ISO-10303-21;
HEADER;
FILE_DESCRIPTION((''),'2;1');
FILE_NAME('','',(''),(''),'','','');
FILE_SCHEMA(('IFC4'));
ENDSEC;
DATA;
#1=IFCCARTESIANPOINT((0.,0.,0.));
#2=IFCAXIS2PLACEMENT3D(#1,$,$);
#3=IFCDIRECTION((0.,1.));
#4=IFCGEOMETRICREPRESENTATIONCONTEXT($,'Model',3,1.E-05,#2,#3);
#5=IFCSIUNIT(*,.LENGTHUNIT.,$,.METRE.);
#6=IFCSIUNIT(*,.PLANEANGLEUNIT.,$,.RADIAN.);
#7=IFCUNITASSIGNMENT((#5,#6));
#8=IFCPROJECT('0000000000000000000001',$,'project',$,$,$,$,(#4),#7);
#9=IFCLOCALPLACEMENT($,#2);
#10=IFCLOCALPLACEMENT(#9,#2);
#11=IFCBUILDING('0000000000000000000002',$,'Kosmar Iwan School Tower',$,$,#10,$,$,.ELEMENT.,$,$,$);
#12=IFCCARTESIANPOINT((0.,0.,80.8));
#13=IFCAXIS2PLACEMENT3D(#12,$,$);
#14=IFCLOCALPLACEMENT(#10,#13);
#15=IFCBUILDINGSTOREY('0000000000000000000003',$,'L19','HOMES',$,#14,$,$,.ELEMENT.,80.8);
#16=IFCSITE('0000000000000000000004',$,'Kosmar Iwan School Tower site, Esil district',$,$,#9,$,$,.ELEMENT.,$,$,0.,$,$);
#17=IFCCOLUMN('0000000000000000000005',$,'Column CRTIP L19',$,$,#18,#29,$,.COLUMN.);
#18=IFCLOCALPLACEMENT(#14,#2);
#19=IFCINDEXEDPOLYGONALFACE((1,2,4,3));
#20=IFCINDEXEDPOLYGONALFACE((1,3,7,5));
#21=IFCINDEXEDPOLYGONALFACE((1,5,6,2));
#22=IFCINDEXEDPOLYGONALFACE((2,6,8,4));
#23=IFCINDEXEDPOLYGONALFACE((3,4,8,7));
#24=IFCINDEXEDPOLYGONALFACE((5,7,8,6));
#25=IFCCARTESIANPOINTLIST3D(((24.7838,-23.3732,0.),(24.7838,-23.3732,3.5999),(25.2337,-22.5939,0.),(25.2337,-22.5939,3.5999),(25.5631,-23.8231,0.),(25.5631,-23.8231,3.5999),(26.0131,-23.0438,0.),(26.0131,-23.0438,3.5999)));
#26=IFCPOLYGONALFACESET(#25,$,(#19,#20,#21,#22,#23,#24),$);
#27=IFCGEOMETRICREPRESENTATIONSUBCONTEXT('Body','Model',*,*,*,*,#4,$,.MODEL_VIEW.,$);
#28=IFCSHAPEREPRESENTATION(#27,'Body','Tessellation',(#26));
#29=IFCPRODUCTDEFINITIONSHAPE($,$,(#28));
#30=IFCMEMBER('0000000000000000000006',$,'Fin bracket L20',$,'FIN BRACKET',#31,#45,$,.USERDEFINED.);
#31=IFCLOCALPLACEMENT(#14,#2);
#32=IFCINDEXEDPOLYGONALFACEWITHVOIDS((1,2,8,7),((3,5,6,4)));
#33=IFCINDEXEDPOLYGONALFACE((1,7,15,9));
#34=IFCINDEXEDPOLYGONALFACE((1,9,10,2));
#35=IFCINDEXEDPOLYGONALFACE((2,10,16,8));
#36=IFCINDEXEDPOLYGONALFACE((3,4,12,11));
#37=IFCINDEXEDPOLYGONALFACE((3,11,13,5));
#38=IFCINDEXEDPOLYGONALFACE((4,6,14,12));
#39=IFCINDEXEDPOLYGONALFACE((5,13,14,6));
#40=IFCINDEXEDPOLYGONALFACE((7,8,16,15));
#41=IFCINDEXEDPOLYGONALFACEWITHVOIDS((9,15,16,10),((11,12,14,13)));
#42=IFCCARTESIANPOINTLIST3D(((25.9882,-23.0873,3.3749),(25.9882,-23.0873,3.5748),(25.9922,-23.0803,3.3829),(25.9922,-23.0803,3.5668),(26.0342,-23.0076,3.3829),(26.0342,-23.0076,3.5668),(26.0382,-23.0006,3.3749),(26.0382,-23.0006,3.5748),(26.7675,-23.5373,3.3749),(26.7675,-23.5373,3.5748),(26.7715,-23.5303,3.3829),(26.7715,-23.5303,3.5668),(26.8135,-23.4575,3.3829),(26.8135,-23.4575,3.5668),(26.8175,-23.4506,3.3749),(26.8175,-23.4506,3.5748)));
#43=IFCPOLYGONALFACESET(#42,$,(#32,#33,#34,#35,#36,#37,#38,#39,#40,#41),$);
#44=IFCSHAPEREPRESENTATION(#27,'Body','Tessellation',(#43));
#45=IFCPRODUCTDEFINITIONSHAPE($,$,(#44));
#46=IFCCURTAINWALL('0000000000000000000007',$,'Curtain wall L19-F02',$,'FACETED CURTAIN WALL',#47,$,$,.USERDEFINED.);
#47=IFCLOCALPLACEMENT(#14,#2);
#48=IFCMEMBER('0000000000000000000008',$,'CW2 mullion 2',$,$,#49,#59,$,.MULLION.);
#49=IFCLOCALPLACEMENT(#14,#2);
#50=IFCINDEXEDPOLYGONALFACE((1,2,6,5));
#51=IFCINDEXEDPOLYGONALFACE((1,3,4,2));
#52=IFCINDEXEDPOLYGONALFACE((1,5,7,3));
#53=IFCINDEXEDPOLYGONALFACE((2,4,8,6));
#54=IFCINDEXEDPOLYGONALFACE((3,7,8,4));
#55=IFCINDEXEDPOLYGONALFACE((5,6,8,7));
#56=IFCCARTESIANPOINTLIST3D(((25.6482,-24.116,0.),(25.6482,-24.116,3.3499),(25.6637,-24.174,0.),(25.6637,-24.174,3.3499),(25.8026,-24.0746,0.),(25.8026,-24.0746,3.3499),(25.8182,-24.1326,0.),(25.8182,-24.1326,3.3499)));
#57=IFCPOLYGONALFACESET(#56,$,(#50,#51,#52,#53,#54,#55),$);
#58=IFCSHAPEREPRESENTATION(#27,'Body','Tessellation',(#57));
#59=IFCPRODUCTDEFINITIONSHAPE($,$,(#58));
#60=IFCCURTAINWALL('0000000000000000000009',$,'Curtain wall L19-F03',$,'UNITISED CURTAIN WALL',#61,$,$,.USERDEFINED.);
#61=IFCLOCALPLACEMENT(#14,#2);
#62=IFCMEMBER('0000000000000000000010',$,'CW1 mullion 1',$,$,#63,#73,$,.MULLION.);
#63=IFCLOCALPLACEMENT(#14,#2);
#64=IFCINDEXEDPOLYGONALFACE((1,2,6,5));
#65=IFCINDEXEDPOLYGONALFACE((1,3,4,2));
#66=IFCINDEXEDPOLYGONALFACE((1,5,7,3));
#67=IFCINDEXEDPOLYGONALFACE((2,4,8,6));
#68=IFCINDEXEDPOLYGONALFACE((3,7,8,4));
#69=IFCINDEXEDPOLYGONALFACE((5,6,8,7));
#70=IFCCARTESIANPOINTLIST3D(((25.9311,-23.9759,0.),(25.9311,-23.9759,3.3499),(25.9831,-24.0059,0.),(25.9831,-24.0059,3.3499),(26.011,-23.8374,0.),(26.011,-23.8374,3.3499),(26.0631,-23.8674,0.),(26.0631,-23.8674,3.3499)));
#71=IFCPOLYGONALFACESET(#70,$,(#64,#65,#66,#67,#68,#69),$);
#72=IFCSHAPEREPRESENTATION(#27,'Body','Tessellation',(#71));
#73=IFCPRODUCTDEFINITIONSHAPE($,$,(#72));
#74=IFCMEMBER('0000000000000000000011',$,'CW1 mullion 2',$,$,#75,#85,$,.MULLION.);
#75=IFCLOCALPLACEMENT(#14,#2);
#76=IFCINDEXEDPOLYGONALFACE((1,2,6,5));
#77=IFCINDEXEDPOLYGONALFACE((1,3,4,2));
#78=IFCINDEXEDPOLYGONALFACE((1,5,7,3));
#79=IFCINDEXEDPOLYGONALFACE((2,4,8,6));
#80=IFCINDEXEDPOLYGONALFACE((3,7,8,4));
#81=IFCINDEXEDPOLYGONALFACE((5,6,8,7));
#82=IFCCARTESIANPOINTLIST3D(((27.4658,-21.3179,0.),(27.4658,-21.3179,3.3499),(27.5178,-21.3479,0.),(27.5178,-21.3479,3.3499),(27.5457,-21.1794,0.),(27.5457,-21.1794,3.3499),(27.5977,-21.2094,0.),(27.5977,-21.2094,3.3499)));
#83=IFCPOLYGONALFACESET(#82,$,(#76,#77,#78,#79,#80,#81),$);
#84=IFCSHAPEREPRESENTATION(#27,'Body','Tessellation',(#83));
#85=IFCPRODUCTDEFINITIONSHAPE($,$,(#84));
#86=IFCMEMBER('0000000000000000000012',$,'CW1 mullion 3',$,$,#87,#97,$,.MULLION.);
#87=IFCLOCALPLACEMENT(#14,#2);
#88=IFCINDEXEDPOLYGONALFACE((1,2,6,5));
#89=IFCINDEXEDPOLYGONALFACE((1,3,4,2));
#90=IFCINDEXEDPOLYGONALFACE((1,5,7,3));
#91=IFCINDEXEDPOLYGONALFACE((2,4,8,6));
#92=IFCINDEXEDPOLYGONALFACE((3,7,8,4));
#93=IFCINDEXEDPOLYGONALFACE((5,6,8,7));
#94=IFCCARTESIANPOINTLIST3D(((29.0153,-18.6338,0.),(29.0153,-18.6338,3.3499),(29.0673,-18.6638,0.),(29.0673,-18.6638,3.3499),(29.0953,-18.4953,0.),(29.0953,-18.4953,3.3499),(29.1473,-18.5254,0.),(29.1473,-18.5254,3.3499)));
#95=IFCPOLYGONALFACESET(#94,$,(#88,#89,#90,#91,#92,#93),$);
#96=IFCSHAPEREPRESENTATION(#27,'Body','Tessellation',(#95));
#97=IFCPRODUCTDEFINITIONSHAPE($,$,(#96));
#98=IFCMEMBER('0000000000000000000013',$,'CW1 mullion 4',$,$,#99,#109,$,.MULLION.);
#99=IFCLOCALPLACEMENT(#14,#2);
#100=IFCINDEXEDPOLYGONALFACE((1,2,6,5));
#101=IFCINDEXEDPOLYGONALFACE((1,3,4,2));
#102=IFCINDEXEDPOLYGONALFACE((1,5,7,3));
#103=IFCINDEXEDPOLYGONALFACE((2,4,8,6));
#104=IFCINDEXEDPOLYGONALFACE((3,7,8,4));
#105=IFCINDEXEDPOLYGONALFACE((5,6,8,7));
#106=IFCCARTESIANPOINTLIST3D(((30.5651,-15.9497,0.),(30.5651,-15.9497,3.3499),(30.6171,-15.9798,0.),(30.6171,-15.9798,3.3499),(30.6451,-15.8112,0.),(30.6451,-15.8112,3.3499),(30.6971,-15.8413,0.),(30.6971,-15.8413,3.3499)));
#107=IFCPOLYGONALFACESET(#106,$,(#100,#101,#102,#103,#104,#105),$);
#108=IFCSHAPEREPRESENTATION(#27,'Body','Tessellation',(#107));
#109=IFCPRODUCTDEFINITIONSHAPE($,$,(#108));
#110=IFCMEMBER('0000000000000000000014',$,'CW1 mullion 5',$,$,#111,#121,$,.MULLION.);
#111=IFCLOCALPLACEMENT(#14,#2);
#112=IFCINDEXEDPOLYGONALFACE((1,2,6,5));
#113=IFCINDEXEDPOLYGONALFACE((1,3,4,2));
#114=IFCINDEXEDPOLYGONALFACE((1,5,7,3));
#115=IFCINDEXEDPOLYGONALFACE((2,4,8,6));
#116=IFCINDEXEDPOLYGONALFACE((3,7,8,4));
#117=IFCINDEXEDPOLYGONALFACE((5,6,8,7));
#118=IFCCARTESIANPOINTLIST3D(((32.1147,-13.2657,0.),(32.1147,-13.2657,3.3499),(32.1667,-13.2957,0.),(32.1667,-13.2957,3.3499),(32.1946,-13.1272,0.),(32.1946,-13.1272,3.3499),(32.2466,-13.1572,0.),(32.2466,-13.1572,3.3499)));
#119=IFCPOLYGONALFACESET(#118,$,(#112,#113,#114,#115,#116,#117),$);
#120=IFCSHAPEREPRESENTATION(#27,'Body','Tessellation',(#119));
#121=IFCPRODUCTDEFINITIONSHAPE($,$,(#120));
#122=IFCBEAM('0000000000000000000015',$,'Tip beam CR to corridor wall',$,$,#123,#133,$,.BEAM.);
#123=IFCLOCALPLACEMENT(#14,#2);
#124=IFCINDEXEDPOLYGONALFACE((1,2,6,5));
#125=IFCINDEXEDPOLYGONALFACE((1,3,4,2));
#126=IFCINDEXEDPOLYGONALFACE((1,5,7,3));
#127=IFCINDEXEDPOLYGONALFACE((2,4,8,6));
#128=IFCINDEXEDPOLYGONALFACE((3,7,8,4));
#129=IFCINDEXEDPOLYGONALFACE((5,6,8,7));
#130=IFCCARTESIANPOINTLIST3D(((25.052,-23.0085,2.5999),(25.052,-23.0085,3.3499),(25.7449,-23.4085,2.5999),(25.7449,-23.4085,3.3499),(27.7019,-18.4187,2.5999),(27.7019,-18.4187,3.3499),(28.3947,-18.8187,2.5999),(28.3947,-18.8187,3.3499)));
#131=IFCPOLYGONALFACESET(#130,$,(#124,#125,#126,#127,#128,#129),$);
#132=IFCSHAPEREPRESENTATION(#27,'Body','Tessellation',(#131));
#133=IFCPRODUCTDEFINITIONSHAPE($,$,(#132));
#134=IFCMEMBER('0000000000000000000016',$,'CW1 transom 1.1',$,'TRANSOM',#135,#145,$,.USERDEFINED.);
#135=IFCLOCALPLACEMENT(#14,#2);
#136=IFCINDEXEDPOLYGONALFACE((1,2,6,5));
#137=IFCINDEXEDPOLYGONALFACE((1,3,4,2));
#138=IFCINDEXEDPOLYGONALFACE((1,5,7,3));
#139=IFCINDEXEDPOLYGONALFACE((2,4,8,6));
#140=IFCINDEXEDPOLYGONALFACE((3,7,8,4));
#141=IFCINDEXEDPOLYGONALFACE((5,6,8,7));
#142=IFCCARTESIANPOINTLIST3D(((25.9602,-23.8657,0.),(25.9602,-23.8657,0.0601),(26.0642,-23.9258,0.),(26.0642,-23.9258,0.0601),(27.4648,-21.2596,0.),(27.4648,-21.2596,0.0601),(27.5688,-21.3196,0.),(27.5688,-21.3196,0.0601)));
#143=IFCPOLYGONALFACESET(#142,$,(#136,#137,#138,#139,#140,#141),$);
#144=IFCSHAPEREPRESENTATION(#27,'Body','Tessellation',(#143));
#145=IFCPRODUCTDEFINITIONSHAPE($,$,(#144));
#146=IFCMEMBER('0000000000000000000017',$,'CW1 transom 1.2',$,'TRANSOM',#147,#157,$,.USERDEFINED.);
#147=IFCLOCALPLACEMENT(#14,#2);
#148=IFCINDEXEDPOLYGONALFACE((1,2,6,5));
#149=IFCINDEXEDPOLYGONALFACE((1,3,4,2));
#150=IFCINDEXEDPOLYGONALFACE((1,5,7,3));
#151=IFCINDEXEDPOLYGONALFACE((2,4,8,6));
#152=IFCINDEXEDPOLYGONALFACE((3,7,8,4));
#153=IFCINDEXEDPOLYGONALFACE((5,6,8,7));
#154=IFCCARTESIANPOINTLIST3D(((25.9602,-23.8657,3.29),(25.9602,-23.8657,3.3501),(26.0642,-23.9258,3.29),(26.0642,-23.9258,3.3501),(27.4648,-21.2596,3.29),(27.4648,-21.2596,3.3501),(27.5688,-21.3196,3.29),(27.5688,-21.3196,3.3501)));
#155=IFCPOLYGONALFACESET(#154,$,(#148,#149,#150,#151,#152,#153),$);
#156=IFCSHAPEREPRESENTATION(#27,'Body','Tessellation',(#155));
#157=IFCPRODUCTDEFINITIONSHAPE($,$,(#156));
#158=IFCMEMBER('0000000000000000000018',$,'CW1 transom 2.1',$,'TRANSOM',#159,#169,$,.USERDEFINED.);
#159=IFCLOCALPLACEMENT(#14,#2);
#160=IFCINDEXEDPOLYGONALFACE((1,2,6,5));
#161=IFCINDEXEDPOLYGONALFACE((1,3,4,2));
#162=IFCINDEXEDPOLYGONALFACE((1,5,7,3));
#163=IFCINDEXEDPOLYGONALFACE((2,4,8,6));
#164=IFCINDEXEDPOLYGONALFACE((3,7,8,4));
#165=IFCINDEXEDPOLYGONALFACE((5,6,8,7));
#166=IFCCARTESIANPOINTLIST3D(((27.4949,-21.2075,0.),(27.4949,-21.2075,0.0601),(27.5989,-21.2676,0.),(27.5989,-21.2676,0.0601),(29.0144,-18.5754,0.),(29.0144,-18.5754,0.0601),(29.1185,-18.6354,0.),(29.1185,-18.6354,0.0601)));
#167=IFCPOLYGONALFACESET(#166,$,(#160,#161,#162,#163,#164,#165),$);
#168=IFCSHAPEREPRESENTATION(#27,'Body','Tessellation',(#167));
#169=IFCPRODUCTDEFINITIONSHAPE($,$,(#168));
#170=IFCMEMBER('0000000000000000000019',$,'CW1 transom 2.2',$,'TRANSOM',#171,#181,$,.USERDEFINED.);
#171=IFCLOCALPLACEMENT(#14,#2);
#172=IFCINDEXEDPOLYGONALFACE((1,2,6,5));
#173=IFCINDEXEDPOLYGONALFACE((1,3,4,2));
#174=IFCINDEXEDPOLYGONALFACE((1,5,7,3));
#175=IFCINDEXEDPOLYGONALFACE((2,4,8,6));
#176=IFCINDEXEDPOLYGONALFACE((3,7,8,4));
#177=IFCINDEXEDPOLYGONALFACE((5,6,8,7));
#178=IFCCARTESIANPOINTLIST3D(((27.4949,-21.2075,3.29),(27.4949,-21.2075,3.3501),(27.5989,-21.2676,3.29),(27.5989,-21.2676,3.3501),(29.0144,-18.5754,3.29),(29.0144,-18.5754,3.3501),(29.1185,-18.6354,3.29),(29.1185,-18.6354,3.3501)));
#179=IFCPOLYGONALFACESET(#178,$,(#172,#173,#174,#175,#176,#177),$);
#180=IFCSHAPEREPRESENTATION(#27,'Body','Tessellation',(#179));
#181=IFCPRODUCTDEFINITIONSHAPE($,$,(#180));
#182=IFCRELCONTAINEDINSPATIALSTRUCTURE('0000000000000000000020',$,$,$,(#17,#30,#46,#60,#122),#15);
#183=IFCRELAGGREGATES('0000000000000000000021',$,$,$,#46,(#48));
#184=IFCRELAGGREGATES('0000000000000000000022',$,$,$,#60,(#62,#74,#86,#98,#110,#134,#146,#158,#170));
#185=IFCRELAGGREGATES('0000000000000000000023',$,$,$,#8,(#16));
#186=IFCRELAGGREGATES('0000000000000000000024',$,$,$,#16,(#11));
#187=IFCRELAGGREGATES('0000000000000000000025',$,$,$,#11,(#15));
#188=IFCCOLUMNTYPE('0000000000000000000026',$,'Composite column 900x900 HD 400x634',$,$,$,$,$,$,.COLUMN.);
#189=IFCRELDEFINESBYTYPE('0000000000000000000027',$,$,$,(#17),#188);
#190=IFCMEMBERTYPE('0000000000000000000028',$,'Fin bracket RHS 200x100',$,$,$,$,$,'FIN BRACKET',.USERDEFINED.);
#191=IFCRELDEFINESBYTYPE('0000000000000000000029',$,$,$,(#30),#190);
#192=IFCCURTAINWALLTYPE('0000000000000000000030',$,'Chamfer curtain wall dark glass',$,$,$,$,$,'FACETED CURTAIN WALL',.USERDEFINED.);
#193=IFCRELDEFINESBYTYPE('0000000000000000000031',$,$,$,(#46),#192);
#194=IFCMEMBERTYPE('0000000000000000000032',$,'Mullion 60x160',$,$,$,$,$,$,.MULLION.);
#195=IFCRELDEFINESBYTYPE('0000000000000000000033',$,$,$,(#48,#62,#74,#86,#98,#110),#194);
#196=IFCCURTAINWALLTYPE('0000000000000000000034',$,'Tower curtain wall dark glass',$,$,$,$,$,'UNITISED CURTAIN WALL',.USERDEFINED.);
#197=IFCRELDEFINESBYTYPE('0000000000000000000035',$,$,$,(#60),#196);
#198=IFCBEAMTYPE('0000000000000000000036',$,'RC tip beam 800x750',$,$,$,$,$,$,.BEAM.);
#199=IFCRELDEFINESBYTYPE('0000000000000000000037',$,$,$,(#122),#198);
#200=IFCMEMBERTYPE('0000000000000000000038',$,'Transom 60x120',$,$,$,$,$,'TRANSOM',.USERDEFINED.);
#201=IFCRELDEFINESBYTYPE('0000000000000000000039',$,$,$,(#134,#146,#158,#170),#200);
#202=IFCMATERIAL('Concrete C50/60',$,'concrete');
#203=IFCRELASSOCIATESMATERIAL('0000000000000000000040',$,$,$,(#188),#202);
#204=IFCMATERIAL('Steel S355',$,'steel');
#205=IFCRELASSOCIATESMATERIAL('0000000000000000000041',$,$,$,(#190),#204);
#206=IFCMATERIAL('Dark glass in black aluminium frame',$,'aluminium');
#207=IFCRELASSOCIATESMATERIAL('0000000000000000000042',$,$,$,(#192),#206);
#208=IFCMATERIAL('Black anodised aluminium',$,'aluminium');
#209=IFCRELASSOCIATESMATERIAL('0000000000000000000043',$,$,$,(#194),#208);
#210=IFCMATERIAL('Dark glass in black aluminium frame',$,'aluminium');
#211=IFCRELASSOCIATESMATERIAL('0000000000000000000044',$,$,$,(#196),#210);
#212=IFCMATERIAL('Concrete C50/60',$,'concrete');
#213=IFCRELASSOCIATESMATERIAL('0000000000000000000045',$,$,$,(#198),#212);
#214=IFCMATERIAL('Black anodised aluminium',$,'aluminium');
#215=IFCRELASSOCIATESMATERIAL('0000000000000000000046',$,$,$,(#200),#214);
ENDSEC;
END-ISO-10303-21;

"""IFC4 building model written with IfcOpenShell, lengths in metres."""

from ifc_helpers import new_model, si_unit, direction, frame, origin, origin_2d, place, context, subcontext, project, spatial, rectangle, hollow_rectangle, extrude, material, material_profile, profile_set, type_object, element, aggregate, save


model = new_model("IFC4")

# Units and contexts
model_context = context("Model", 3, precision=1e-05, world=origin(), true_north=direction((0.0, 1.0)))
body_context = subcontext(model_context, "Body", "Model", "MODEL_VIEW")
ifc_project = project(units=[si_unit("LENGTHUNIT", "METRE"), si_unit("PLANEANGLEUNIT", "RADIAN")], contexts=[model_context])

# Site, building, storey
site_placement = place(None, origin())
site = spatial("IfcSite", under=ifc_project, at=site_placement, Name="Kosmar Iwan School Tower site, Esil district", CompositionType="ELEMENT", RefElevation=0.0)
building_placement = place(site_placement, origin())
building = spatial("IfcBuilding", under=site, at=building_placement, Name="Kosmar Iwan School Tower", CompositionType="ELEMENT")
storey_placement = place(building_placement, frame((0.0, 0.0, 80.8)))
storey = spatial("IfcBuildingStorey", under=building, at=storey_placement, Name="L19", Description="HOMES", CompositionType="ELEMENT", Elevation=80.8)

# Column
ifc_material_1 = material(Name="Concrete C50/60", Category="concrete")
ifc_material_profile_1 = material_profile(ifc_material_1, rectangle(XDim=0.8999, YDim=0.8999, at=origin_2d()), Name="RC 900x900 + HD 400x634")
ifc_profile_set_1 = profile_set([ifc_material_profile_1], Name="Concrete C50/60")
column_type = type_object("IfcColumnType", Name="Composite column 900x900 HD 400x634", PredefinedType="COLUMN", material=ifc_profile_set_1)
column_placement = place(storey_placement, frame((25.3984, -23.2085, 0.0), z_axis=(0.0, 0.0, 1.0), x_axis=(0.866025, -0.5, 0.0)))
element("IfcColumn", 1, at=column_placement, inside=storey, type_object=column_type, Name="Column CRTIP L19", PredefinedType="COLUMN", context=body_context, shape_type="SweptSolid", body=[
    extrude(rectangle(XDim=0.8999, YDim=0.8999, at=origin_2d()), origin(), (0.0, 0.0, 1.0), 3.5999),
])

# Member
ifc_material_2 = material(Name="Steel S355", Category="steel")
ifc_material_profile_2 = material_profile(ifc_material_2, hollow_rectangle(XDim=0.1001, YDim=0.2, WallThickness=0.0081, at=origin_2d()), Name="RHS 200x100x8")
ifc_profile_set_2 = profile_set([ifc_material_profile_2], Name="Steel S355")
member_type_1 = type_object("IfcMemberType", Name="Fin bracket RHS 200x100", ElementType="FIN BRACKET", PredefinedType="USERDEFINED", material=ifc_profile_set_2)
member_1_placement = place(storey_placement, frame((26.0132, -23.0439, 3.4749), z_axis=(0.866014, -0.50002, 0.0), x_axis=(0.50002, 0.866014, 0.0)))
element("IfcMember", 2, at=member_1_placement, inside=storey, type_object=member_type_1, Name="Fin bracket L20", ObjectType="FIN BRACKET", PredefinedType="USERDEFINED", context=body_context, shape_type="SweptSolid", body=[
    extrude(hollow_rectangle(XDim=0.1001, YDim=0.2, WallThickness=0.0081, at=origin_2d()), origin(), (0.0, 0.0, 1.0), 0.8999),
])

# Curtain wall, member
ifc_material_3 = material(Name="Dark glass in black aluminium frame", Category="aluminium")
curtain_wall_type_1 = type_object("IfcCurtainWallType", Name="Chamfer curtain wall dark glass", ElementType="FACETED CURTAIN WALL", PredefinedType="USERDEFINED", material=ifc_material_3)
curtain_wall_1_placement = place(storey_placement, origin())
curtain_wall_1 = element("IfcCurtainWall", 3, at=curtain_wall_1_placement, inside=storey, type_object=curtain_wall_type_1, Name="Curtain wall L19-F02", ObjectType="FACETED CURTAIN WALL", PredefinedType="USERDEFINED")
ifc_material_4 = material(Name="Black anodised aluminium", Category="aluminium")
ifc_material_profile_3 = material_profile(ifc_material_4, rectangle(XDim=0.0601, YDim=0.1599, at=origin_2d()), Name="MULLION 60x160")
ifc_profile_set_3 = profile_set([ifc_material_profile_3], Name="Black anodised aluminium")
member_type_2 = type_object("IfcMemberType", Name="Mullion 60x160", PredefinedType="MULLION", material=ifc_profile_set_3)
member_2_placement = place(storey_placement, frame((25.7332, -24.1243, 0.0), z_axis=(0.0, 0.0, 1.0), x_axis=(-0.258819, 0.965926, 0.0)))
member_2 = element("IfcMember", 4, at=member_2_placement, type_object=member_type_2, Name="CW2 mullion 2", PredefinedType="MULLION", context=body_context, shape_type="SweptSolid", body=[
    extrude(rectangle(XDim=0.0601, YDim=0.1599, at=origin_2d()), origin(), (0.0, 0.0, 1.0), 3.3499),
])

# Curtain wall, members
ifc_material_5 = material(Name="Dark glass in black aluminium frame", Category="aluminium")
curtain_wall_type_2 = type_object("IfcCurtainWallType", Name="Tower curtain wall dark glass", ElementType="UNITISED CURTAIN WALL", PredefinedType="USERDEFINED", material=ifc_material_5)
curtain_wall_2_placement = place(storey_placement, origin())
curtain_wall_2 = element("IfcCurtainWall", 5, at=curtain_wall_2_placement, inside=storey, type_object=curtain_wall_type_2, Name="Curtain wall L19-F03", ObjectType="UNITISED CURTAIN WALL", PredefinedType="USERDEFINED")
member_3_placement = place(storey_placement, frame((25.9971, -23.9216, 0.0), z_axis=(0.0, 0.0, 1.0), x_axis=(-0.866025, 0.5, 0.0)))
member_3 = element("IfcMember", 6, at=member_3_placement, type_object=member_type_2, Name="CW1 mullion 1", PredefinedType="MULLION", context=body_context, shape_type="SweptSolid", body=[
    extrude(rectangle(XDim=0.0601, YDim=0.1599, at=origin_2d()), origin(), (0.0, 0.0, 1.0), 3.3499),
])
member_4_placement = place(storey_placement, frame((27.5317, -21.2637, 0.0), z_axis=(0.0, 0.0, 1.0), x_axis=(-0.866025, 0.5, 0.0)))
member_4 = element("IfcMember", 7, at=member_4_placement, type_object=member_type_2, Name="CW1 mullion 2", PredefinedType="MULLION", context=body_context, shape_type="SweptSolid", body=[
    extrude(rectangle(XDim=0.0601, YDim=0.1599, at=origin_2d()), origin(), (0.0, 0.0, 1.0), 3.3499),
])
member_5_placement = place(storey_placement, frame((29.0813, -18.5796, 0.0), z_axis=(0.0, 0.0, 1.0), x_axis=(-0.866025, 0.5, 0.0)))
member_5 = element("IfcMember", 8, at=member_5_placement, type_object=member_type_2, Name="CW1 mullion 3", PredefinedType="MULLION", context=body_context, shape_type="SweptSolid", body=[
    extrude(rectangle(XDim=0.0601, YDim=0.1599, at=origin_2d()), origin(), (0.0, 0.0, 1.0), 3.3499),
])
member_6_placement = place(storey_placement, frame((30.6311, -15.8955, 0.0), z_axis=(0.0, 0.0, 1.0), x_axis=(-0.866025, 0.5, 0.0)))
member_6 = element("IfcMember", 9, at=member_6_placement, type_object=member_type_2, Name="CW1 mullion 4", PredefinedType="MULLION", context=body_context, shape_type="SweptSolid", body=[
    extrude(rectangle(XDim=0.0601, YDim=0.1599, at=origin_2d()), origin(), (0.0, 0.0, 1.0), 3.3499),
])
member_7_placement = place(storey_placement, frame((32.1807, -13.2114, 0.0), z_axis=(0.0, 0.0, 1.0), x_axis=(-0.866025, 0.5, 0.0)))
member_7 = element("IfcMember", 10, at=member_7_placement, type_object=member_type_2, Name="CW1 mullion 5", PredefinedType="MULLION", context=body_context, shape_type="SweptSolid", body=[
    extrude(rectangle(XDim=0.0601, YDim=0.1599, at=origin_2d()), origin(), (0.0, 0.0, 1.0), 3.3499),
])

# Beam
ifc_material_6 = material(Name="Concrete C50/60", Category="concrete")
ifc_material_profile_4 = material_profile(ifc_material_6, rectangle(XDim=0.8, YDim=0.75, at=origin_2d()), Name="RC 800x750")
ifc_profile_set_4 = profile_set([ifc_material_profile_4], Name="Concrete C50/60")
beam_type = type_object("IfcBeamType", Name="RC tip beam 800x750", PredefinedType="BEAM", material=ifc_profile_set_4)
beam_placement = place(storey_placement, frame((25.3984, -23.2085, 2.9749), z_axis=(0.499994, 0.866029, 0.0), x_axis=(-0.866029, 0.499994, 0.0)))
element("IfcBeam", 11, at=beam_placement, inside=storey, type_object=beam_type, Name="Tip beam CR to corridor wall", PredefinedType="BEAM", context=body_context, shape_type="SweptSolid", body=[
    extrude(rectangle(XDim=0.8, YDim=0.75, at=origin_2d()), origin(), (0.0, 0.0, 1.0), 5.2998),
])

# Members
ifc_material_7 = material(Name="Black anodised aluminium", Category="aluminium")
ifc_material_profile_5 = material_profile(ifc_material_7, rectangle(XDim=0.1201, YDim=0.0601, at=origin_2d()), Name="TRANSOM 60x120")
ifc_profile_set_5 = profile_set([ifc_material_profile_5], Name="Black anodised aluminium")
member_type_3 = type_object("IfcMemberType", Name="Transom 60x120", ElementType="TRANSOM", PredefinedType="USERDEFINED", material=ifc_profile_set_5)
member_8_placement = place(storey_placement, frame((26.0122, -23.8958, 0.03), z_axis=(0.499987, 0.866033, 0.0), x_axis=(-0.866033, 0.499987, 0.0)))
member_8 = element("IfcMember", 12, at=member_8_placement, type_object=member_type_3, Name="CW1 transom 1.1", ObjectType="TRANSOM", PredefinedType="USERDEFINED", context=body_context, shape_type="SweptSolid", body=[
    extrude(rectangle(XDim=0.1201, YDim=0.0601, at=origin_2d()), origin(), (0.0, 0.0, 1.0), 3.0093),
])
member_9_placement = place(storey_placement, frame((26.0122, -23.8958, 3.3201), z_axis=(0.499987, 0.866033, 0.0), x_axis=(-0.866033, 0.499987, 0.0)))
member_9 = element("IfcMember", 13, at=member_9_placement, type_object=member_type_3, Name="CW1 transom 1.2", ObjectType="TRANSOM", PredefinedType="USERDEFINED", context=body_context, shape_type="SweptSolid", body=[
    extrude(rectangle(XDim=0.1201, YDim=0.0601, at=origin_2d()), origin(), (0.0, 0.0, 1.0), 3.0093),
])
member_10_placement = place(storey_placement, frame((27.5469, -21.2375, 0.03), z_axis=(0.499975, 0.86604, 0.0), x_axis=(-0.86604, 0.499975, 0.0)))
member_10 = element("IfcMember", 14, at=member_10_placement, type_object=member_type_3, Name="CW1 transom 2.1", ObjectType="TRANSOM", PredefinedType="USERDEFINED", context=body_context, shape_type="SweptSolid", body=[
    extrude(rectangle(XDim=0.1201, YDim=0.0601, at=origin_2d()), origin(), (0.0, 0.0, 1.0), 3.0393),
])
member_11_placement = place(storey_placement, frame((27.5469, -21.2375, 3.3201), z_axis=(0.499975, 0.86604, 0.0), x_axis=(-0.86604, 0.499975, 0.0)))
member_11 = element("IfcMember", 15, at=member_11_placement, type_object=member_type_3, Name="CW1 transom 2.2", ObjectType="TRANSOM", PredefinedType="USERDEFINED", context=body_context, shape_type="SweptSolid", body=[
    extrude(rectangle(XDim=0.1201, YDim=0.0601, at=origin_2d()), origin(), (0.0, 0.0, 1.0), 3.0393),
])

aggregate(curtain_wall_1, [member_2])
aggregate(curtain_wall_2, [member_3, member_4, member_5, member_6, member_7, member_8, member_9, member_10, member_11])

save(model, "model.ifc")
